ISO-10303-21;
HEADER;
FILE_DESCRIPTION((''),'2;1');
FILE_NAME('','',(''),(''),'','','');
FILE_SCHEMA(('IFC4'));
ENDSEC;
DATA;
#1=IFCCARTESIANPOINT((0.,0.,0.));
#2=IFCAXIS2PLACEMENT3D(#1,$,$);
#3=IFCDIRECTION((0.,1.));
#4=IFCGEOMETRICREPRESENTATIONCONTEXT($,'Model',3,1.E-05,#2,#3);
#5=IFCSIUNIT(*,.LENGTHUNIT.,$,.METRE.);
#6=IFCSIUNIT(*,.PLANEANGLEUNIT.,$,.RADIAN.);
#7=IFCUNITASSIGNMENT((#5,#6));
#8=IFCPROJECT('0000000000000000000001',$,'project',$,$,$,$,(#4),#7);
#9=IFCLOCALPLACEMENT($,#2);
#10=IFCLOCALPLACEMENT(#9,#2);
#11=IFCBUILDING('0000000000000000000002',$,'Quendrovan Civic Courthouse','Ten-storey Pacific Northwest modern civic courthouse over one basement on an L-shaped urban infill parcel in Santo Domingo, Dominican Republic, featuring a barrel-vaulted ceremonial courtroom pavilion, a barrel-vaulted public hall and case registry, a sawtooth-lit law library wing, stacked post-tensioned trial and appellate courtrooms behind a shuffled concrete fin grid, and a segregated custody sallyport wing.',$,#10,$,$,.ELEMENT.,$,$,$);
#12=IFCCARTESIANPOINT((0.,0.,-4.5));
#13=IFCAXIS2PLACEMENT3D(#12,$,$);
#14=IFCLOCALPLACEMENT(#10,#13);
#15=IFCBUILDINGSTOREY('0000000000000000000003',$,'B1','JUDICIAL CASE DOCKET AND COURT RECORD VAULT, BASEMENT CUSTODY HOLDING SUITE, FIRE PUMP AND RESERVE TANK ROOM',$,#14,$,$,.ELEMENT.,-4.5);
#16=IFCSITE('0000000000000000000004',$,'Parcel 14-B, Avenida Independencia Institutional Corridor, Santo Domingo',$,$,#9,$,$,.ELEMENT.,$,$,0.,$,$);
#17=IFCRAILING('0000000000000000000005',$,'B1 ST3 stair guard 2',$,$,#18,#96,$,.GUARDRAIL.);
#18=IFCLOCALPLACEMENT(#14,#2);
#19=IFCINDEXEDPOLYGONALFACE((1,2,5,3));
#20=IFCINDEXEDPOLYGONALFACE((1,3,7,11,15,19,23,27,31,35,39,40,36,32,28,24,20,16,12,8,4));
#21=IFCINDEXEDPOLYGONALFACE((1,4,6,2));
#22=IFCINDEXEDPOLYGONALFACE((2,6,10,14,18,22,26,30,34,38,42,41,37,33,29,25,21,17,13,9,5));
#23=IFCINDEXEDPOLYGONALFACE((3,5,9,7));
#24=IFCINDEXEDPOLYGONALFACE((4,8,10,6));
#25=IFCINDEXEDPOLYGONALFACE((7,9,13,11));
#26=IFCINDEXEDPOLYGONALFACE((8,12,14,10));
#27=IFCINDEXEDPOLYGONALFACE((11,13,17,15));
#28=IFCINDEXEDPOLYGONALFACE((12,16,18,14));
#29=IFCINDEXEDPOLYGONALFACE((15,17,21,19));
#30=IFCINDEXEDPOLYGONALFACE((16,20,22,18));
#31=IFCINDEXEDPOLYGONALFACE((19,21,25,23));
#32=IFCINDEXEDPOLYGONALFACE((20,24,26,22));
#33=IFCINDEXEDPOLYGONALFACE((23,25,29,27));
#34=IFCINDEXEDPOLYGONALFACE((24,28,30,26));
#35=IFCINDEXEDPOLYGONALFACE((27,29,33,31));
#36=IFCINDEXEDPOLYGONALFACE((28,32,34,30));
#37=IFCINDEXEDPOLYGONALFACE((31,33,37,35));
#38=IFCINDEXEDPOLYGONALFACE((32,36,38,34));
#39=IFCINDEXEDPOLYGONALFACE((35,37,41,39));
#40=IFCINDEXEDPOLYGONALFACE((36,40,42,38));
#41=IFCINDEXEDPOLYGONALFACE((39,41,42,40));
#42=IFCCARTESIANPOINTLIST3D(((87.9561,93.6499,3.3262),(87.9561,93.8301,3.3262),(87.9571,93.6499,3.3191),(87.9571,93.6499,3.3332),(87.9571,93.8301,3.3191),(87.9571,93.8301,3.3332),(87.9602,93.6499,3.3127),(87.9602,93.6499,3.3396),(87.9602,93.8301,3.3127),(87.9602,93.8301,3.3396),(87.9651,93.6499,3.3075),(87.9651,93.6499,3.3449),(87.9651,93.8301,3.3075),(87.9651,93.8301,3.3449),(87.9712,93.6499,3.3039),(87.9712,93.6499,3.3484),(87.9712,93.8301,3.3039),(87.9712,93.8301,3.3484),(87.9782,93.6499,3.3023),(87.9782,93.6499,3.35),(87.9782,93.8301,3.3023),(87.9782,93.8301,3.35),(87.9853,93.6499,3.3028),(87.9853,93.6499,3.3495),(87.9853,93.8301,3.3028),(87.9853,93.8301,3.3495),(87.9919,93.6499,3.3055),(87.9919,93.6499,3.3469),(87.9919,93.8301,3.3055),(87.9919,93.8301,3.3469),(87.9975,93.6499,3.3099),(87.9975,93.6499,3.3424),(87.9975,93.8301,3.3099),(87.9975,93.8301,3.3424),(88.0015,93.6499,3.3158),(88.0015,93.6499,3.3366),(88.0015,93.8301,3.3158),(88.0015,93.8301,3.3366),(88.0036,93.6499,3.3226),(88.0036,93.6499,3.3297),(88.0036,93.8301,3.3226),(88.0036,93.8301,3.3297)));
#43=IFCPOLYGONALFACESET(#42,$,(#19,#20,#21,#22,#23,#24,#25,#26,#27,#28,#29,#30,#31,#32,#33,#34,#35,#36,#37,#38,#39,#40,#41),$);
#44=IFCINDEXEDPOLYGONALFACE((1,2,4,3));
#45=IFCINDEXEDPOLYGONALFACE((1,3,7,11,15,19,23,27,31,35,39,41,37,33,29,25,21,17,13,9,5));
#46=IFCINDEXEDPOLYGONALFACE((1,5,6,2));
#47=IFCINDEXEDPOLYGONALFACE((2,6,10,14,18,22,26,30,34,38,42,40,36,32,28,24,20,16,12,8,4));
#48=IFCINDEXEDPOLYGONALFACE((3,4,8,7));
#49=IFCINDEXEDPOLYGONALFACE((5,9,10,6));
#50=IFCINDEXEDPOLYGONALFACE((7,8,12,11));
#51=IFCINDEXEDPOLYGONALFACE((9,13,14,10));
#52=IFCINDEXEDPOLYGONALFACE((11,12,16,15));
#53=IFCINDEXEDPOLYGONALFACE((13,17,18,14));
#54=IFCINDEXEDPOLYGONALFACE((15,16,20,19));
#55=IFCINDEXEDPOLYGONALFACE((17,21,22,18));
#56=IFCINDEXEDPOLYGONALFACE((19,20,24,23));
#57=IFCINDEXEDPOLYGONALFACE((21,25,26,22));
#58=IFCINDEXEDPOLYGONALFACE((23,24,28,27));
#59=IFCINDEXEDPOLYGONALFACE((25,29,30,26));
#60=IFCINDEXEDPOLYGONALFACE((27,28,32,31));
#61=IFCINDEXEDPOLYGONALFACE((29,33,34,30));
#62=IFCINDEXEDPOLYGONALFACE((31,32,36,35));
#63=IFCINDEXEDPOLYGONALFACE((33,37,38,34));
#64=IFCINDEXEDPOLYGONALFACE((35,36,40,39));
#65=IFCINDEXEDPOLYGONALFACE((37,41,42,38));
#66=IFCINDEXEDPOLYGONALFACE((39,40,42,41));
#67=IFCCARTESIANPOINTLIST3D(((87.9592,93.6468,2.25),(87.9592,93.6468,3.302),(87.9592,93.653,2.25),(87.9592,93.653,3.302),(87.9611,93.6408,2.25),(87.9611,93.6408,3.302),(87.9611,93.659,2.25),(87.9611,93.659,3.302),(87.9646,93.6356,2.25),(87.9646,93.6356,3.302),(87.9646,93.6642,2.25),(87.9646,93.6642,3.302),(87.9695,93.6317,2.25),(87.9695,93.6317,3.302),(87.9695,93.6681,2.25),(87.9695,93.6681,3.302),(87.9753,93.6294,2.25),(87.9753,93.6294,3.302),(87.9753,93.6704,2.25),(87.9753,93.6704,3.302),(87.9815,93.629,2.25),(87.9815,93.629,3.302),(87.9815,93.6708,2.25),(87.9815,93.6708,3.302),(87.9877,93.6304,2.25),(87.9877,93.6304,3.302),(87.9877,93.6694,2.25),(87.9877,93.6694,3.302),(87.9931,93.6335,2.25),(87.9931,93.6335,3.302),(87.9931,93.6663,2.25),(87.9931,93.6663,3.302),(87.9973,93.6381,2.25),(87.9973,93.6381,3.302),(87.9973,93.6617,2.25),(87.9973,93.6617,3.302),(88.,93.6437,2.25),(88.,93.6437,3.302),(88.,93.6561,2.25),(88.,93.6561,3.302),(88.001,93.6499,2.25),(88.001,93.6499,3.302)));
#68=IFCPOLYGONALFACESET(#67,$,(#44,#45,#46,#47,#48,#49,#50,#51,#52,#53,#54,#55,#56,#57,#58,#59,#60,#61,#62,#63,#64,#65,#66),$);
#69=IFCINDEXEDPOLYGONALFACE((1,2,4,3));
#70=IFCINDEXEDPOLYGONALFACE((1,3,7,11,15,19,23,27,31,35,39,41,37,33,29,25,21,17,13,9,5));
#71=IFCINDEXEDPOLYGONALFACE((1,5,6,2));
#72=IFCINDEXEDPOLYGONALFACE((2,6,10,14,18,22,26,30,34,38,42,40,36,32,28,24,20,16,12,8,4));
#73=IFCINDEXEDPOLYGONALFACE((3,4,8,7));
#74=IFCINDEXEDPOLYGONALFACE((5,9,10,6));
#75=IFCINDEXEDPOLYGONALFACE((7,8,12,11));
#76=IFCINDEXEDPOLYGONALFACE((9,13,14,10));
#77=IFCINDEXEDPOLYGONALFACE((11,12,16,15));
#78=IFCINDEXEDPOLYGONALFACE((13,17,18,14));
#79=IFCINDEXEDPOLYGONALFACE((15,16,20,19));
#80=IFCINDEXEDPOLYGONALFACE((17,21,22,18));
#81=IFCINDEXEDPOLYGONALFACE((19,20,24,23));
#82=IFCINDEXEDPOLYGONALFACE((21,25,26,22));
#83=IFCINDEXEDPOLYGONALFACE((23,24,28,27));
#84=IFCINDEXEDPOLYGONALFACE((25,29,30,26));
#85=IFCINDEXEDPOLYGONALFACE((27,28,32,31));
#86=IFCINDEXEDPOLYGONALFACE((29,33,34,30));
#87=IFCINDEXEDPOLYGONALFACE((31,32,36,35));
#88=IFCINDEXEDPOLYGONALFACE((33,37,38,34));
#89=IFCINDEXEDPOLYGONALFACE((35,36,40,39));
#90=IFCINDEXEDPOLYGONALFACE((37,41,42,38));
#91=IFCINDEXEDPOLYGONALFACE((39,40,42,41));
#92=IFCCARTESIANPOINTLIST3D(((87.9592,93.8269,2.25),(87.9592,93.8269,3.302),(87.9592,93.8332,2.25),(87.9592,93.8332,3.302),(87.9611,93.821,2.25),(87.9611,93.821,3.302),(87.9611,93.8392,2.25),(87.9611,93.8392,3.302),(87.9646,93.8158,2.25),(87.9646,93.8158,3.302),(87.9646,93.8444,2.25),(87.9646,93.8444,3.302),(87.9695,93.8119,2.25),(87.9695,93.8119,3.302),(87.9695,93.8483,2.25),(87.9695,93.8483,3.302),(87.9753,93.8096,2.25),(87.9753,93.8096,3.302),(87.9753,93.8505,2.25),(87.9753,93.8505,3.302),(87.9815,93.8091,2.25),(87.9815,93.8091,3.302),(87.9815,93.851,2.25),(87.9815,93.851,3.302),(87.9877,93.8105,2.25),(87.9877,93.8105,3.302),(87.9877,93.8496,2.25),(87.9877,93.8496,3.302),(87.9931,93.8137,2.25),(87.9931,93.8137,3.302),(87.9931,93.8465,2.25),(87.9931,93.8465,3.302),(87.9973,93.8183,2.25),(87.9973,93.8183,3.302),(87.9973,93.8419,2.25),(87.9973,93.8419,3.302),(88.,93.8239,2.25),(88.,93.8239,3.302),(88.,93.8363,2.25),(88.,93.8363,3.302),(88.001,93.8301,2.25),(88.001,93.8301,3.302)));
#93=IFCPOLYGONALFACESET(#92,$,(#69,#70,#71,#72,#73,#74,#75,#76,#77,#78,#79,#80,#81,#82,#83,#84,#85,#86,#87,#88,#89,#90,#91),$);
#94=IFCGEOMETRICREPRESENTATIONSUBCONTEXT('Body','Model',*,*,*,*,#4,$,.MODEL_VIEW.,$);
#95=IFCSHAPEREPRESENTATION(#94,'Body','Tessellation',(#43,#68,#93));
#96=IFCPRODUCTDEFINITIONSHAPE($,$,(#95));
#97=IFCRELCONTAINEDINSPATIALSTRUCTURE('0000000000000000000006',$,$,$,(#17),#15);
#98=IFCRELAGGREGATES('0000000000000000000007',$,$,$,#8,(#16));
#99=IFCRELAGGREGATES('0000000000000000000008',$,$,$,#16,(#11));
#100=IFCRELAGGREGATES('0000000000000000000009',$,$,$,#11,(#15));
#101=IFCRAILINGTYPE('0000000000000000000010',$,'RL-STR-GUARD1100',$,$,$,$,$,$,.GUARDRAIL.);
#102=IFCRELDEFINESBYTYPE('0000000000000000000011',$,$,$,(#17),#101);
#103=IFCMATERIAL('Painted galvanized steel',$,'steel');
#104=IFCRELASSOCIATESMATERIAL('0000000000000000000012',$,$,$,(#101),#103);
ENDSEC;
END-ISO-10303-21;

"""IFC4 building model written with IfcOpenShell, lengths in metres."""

from ifc_helpers import new_model, si_unit, direction, frame, origin, origin_2d, place, context, subcontext, project, spatial, circle, extrude, material, type_object, element, save


model = new_model("IFC4")

# Units and contexts
model_context = context("Model", 3, precision=1e-05, world=origin(), true_north=direction((0.0, 1.0)))
body_context = subcontext(model_context, "Body", "Model", "MODEL_VIEW")
ifc_project = project(units=[si_unit("LENGTHUNIT", "METRE"), si_unit("PLANEANGLEUNIT", "RADIAN")], contexts=[model_context])

# Site, building, storey
site_placement = place(None, origin())
site = spatial("IfcSite", under=ifc_project, at=site_placement, Name="Parcel 14-B, Avenida Independencia Institutional Corridor, Santo Domingo", CompositionType="ELEMENT", RefElevation=0.0)
building_placement = place(site_placement, origin())
building = spatial("IfcBuilding", under=site, at=building_placement, Name="Quendrovan Civic Courthouse", Description="Ten-storey Pacific Northwest modern civic courthouse over one basement on an L-shaped urban infill parcel in Santo Domingo, Dominican Republic, featuring a barrel-vaulted ceremonial courtroom pavilion, a barrel-vaulted public hall and case registry, a sawtooth-lit law library wing, stacked post-tensioned trial and appellate courtrooms behind a shuffled concrete fin grid, and a segregated custody sallyport wing.", CompositionType="ELEMENT")
storey_placement = place(building_placement, frame((0.0, 0.0, -4.5)))
storey = spatial("IfcBuildingStorey", under=building, at=storey_placement, Name="B1", Description="JUDICIAL CASE DOCKET AND COURT RECORD VAULT, BASEMENT CUSTODY HOLDING SUITE, FIRE PUMP AND RESERVE TANK ROOM", CompositionType="ELEMENT", Elevation=-4.5)

# Railing
ifc_material_1 = material(Name="Painted galvanized steel", Category="steel")
railing_type_1 = type_object("IfcRailingType", Name="RL-STR-GUARD1100", PredefinedType="GUARDRAIL", material=ifc_material_1)
railing_1_placement = place(storey_placement, frame((87.98, 93.6499, 2.25)))
element("IfcRailing", 1, at=railing_1_placement, inside=storey, type_object=railing_type_1, Name="B1 ST3 stair guard 2", PredefinedType="GUARDRAIL", context=body_context, shape_type="SweptSolid", body=[
    extrude(circle(Radius=0.0239, at=origin_2d()), frame((0.0, 0.0, 1.0762), z_axis=(0.0, 1.0, 0.0), x_axis=(-1.0, 0.0, 0.0)), (0.0, 0.0, 1.0), 0.1802),
    extrude(circle(Radius=0.021, at=origin_2d()), origin(), (0.0, 0.0, 1.0), 1.052),
    extrude(circle(Radius=0.021, at=origin_2d()), frame((0.0, 0.1802, 0.0)), (0.0, 0.0, 1.0), 1.052),
])

save(model, "model.ifc")
